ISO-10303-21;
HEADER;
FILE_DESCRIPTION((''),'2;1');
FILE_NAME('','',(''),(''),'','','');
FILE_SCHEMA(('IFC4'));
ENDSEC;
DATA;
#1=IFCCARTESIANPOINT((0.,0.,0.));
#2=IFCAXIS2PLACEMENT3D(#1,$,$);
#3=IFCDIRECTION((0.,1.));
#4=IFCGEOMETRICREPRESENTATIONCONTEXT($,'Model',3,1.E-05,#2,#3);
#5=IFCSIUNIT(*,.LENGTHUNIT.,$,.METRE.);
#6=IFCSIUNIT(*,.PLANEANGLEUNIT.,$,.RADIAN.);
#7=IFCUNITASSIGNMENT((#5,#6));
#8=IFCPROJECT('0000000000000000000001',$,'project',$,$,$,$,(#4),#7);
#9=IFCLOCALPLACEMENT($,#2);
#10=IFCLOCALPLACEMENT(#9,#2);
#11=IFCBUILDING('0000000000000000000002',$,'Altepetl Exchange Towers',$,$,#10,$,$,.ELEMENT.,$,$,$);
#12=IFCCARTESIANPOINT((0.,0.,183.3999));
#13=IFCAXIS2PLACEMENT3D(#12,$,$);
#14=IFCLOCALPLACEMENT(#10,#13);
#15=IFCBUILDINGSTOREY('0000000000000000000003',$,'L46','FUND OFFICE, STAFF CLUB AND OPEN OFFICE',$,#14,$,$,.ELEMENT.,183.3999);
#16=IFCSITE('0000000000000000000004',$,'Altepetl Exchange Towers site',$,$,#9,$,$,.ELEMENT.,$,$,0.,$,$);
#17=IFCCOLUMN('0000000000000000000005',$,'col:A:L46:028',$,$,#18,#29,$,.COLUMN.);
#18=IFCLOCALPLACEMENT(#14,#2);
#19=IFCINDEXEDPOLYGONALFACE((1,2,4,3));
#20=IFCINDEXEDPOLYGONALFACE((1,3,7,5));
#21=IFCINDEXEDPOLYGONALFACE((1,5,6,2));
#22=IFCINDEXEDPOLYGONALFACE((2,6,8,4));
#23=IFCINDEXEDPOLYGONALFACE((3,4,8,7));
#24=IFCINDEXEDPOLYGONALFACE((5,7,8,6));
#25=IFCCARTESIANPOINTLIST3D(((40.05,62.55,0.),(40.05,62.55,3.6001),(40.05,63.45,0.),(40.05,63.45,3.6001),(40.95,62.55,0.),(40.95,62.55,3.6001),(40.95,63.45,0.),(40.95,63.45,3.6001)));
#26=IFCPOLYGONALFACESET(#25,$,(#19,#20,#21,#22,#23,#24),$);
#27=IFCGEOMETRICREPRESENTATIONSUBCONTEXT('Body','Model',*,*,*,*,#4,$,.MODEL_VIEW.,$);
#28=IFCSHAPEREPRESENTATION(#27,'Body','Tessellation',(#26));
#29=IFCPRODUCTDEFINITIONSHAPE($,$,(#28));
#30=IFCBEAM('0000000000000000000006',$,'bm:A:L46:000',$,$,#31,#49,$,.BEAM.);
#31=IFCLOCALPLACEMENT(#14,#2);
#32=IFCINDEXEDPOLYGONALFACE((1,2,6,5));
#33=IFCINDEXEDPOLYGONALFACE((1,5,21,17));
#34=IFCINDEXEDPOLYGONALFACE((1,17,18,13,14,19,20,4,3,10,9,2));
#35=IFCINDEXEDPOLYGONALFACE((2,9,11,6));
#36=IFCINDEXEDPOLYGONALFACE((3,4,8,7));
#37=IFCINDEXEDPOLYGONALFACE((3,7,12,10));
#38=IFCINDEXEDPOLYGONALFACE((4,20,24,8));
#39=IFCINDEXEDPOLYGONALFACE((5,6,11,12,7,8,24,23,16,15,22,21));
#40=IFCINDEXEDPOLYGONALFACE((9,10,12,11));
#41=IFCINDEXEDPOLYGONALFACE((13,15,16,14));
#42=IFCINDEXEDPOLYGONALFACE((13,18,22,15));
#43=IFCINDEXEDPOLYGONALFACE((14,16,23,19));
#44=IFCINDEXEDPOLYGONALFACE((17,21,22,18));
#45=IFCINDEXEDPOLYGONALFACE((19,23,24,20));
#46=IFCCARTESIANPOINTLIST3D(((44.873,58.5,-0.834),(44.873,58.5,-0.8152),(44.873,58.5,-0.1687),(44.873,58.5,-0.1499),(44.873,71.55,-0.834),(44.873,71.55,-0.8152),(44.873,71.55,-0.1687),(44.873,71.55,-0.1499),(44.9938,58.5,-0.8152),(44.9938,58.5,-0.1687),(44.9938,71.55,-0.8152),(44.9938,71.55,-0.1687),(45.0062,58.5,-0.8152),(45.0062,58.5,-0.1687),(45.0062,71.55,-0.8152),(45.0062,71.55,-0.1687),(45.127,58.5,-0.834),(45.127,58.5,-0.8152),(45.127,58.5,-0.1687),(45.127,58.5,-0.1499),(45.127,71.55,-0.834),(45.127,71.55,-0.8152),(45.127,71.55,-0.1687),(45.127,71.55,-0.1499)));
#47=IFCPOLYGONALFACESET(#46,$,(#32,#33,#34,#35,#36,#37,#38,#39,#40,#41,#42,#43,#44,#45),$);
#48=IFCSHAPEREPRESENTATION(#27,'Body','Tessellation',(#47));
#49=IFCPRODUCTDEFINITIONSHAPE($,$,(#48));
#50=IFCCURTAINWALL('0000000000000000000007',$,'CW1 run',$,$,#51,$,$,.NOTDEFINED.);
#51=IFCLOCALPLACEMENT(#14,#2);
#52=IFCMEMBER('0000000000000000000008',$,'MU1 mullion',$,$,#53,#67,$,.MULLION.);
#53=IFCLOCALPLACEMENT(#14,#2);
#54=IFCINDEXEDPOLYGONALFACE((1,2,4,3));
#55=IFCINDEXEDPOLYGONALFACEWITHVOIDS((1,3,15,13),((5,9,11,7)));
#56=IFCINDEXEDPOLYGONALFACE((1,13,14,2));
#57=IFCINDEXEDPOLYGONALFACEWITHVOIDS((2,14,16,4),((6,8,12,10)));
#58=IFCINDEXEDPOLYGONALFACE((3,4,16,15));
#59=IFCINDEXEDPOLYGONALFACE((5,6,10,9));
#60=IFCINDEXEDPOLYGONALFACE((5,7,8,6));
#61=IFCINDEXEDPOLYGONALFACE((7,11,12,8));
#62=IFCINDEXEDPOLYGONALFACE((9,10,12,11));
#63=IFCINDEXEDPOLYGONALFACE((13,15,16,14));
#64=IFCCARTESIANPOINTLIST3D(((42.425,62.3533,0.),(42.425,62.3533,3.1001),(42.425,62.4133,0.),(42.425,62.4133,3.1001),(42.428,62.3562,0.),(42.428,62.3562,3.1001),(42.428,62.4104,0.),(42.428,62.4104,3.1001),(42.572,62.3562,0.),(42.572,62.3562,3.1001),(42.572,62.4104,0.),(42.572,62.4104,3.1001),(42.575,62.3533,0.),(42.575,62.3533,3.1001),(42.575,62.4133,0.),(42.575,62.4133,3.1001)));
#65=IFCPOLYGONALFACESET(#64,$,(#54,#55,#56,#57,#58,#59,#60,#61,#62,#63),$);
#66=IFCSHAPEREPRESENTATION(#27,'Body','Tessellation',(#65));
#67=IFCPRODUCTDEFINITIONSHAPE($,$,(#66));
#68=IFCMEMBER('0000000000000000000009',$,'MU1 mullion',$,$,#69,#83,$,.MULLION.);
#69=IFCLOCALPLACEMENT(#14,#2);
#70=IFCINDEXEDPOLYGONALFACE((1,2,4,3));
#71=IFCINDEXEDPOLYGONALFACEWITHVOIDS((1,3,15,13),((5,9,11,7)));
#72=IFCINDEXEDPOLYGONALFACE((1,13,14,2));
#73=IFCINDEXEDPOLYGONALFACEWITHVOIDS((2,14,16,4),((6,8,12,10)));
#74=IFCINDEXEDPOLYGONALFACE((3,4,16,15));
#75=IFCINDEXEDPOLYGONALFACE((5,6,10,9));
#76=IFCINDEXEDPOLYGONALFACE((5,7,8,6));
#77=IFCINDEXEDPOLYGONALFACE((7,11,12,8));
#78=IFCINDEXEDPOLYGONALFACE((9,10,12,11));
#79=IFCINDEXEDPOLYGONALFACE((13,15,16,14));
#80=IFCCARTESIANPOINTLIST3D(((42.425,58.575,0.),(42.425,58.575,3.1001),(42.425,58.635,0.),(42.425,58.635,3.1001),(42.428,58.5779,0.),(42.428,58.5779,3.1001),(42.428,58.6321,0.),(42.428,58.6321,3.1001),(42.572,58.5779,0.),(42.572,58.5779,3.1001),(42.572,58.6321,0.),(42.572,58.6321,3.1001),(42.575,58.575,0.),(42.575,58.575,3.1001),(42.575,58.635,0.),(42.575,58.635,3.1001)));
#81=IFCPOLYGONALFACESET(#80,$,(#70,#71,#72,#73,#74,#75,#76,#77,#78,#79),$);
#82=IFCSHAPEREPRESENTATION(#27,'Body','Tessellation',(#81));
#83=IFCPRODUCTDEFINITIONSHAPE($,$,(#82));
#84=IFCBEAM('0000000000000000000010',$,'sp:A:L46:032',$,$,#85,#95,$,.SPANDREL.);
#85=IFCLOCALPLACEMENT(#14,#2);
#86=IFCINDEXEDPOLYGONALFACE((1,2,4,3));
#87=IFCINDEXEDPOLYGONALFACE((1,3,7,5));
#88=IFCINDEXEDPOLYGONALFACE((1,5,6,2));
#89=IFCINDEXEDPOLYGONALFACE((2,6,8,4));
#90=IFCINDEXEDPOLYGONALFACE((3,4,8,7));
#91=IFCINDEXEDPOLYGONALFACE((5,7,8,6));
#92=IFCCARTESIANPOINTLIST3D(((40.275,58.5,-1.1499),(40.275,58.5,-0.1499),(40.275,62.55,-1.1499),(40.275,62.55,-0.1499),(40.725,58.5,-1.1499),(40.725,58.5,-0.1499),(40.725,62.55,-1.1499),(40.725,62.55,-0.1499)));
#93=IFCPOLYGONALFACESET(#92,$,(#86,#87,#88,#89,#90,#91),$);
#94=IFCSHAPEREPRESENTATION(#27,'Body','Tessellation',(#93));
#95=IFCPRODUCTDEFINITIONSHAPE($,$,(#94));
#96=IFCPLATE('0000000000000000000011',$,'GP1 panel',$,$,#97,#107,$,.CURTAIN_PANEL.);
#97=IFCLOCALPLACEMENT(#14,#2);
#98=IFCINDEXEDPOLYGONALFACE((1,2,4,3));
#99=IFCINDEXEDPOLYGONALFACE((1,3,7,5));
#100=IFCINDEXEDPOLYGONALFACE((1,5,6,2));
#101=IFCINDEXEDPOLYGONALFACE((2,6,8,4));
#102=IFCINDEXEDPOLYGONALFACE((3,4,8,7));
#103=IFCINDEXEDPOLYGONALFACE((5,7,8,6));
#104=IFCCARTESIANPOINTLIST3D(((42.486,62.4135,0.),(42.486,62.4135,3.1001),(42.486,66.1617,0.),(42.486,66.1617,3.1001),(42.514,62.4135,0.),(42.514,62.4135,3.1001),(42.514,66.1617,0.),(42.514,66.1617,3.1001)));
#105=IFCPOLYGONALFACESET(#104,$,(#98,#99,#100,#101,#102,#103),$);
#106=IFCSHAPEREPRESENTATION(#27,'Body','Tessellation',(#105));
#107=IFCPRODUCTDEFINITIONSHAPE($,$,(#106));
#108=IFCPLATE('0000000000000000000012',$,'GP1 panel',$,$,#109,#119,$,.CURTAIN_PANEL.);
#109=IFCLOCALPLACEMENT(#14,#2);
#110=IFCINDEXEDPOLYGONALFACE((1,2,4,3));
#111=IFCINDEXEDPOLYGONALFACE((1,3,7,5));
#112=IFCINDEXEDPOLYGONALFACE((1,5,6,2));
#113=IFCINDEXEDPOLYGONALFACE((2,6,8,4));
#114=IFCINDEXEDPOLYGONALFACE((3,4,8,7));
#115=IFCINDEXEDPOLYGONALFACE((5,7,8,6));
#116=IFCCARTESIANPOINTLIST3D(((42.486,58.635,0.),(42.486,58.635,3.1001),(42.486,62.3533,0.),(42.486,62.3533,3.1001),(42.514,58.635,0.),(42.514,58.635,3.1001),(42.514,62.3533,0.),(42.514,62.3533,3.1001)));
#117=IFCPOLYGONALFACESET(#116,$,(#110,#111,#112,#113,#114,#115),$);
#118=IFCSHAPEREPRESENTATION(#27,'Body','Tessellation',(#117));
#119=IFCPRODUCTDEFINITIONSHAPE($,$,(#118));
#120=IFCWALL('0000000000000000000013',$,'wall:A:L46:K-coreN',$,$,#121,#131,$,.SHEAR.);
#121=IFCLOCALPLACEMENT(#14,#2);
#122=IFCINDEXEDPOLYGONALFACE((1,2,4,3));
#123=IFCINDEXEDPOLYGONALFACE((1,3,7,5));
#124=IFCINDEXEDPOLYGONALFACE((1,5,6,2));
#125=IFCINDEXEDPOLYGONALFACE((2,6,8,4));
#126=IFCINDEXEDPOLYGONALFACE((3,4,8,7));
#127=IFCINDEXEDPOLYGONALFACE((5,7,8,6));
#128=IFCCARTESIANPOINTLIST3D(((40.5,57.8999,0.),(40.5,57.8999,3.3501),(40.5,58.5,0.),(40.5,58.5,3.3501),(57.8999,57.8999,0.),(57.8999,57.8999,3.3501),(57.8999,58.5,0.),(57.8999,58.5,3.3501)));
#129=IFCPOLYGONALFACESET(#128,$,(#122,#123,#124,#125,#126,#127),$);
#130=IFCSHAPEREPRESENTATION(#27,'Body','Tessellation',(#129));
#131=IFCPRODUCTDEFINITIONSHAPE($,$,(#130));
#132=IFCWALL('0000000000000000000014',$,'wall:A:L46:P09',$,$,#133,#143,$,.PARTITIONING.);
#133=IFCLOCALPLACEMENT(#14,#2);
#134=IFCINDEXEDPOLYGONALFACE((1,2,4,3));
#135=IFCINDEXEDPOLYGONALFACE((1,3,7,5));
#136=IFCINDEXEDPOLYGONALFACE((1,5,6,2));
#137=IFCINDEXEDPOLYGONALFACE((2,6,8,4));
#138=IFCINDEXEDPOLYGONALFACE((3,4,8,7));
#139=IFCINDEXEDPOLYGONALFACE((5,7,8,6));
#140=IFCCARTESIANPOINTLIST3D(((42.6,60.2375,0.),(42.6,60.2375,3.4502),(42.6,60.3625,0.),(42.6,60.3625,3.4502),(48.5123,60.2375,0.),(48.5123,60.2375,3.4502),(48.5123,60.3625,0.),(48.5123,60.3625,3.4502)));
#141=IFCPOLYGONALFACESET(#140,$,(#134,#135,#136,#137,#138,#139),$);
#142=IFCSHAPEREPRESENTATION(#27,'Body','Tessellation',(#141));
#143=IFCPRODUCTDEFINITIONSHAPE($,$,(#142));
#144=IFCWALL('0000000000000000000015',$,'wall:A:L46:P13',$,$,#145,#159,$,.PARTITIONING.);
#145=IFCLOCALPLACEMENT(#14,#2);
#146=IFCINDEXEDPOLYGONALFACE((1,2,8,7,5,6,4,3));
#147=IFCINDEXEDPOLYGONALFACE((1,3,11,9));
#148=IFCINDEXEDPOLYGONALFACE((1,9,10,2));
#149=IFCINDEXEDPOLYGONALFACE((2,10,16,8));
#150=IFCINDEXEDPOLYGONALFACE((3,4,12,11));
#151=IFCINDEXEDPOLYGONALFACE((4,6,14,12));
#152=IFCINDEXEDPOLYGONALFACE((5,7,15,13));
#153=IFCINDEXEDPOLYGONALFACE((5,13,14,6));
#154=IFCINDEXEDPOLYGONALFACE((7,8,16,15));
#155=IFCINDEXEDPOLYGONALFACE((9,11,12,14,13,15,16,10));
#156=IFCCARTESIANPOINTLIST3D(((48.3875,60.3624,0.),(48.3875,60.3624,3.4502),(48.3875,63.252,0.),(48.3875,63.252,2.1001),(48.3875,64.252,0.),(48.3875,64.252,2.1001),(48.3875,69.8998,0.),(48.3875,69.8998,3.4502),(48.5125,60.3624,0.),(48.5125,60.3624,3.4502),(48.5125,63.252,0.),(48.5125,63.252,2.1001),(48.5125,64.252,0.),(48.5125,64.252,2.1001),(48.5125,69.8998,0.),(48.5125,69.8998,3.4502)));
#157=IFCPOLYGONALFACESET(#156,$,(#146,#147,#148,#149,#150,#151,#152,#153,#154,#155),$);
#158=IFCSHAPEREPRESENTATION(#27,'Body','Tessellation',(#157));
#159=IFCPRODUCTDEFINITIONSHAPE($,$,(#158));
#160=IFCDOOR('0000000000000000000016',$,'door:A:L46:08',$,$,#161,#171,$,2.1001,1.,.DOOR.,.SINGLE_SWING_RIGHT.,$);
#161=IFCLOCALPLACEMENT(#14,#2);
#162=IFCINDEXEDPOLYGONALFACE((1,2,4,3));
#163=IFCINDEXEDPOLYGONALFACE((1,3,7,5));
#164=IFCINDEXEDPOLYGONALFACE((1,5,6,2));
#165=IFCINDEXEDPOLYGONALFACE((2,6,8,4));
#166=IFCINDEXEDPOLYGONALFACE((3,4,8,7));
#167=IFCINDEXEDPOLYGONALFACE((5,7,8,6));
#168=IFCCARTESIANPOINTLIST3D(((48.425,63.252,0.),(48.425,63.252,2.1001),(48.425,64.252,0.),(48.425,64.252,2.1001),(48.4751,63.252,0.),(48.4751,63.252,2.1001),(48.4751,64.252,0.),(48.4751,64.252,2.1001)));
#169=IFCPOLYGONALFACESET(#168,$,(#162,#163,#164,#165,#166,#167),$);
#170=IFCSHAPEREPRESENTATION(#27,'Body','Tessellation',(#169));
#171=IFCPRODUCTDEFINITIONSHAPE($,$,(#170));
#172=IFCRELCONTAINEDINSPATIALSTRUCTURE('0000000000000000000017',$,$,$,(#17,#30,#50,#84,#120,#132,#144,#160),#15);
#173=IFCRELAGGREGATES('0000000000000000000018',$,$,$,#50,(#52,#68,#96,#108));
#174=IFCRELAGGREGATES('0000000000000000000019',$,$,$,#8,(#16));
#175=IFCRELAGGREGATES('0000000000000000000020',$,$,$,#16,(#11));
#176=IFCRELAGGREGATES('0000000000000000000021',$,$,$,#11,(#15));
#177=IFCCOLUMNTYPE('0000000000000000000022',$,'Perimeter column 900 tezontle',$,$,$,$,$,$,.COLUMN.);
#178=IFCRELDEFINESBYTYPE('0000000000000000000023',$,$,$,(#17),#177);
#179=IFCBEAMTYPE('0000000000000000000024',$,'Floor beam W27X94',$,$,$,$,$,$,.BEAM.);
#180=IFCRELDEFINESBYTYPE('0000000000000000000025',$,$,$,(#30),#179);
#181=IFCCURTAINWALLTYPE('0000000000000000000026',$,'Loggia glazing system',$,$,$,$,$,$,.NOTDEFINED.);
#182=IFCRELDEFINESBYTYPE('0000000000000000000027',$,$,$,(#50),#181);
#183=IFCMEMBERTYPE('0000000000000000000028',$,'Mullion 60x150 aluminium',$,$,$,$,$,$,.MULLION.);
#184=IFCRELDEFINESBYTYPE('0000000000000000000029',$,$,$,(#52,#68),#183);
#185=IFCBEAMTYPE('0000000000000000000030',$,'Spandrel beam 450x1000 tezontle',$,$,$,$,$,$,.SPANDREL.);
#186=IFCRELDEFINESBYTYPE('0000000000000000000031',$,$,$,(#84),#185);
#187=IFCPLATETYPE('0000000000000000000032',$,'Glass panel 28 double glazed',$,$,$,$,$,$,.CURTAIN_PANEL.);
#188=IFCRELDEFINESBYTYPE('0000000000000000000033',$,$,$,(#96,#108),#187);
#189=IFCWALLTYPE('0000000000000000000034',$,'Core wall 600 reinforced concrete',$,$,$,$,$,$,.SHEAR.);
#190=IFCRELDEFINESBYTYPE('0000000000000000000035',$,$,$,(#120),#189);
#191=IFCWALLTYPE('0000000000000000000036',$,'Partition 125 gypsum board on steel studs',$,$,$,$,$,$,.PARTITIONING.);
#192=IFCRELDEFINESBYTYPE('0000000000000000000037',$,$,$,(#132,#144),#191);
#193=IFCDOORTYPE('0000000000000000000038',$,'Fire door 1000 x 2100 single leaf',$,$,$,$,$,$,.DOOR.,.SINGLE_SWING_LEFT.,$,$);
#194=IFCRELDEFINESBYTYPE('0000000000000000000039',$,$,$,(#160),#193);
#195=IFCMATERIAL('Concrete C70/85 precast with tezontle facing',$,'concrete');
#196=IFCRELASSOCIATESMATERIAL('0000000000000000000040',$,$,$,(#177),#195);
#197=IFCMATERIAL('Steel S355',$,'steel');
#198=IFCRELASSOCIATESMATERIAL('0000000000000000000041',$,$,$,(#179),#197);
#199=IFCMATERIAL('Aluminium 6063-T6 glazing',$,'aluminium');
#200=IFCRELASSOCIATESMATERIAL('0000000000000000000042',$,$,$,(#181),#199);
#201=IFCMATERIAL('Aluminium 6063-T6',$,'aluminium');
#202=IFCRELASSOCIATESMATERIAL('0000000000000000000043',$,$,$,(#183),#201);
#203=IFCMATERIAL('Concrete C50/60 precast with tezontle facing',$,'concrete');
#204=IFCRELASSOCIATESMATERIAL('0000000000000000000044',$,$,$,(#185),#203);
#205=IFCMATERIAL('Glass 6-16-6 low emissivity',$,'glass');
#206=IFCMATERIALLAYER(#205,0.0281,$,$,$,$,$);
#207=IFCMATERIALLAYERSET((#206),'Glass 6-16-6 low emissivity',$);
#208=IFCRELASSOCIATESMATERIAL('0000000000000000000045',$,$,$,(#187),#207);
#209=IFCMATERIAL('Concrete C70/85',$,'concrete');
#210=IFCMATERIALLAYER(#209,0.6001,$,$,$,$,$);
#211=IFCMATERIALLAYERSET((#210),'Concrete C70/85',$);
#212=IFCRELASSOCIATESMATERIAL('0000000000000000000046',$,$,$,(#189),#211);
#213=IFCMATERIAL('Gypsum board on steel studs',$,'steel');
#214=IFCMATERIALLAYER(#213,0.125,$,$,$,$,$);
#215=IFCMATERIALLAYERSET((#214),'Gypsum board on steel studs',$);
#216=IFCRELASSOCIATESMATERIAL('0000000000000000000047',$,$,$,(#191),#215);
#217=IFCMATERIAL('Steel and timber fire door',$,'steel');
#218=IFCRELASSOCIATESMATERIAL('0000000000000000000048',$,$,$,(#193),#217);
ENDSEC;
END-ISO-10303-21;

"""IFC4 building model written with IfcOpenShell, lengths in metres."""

from ifc_helpers import new_model, si_unit, direction, frame, frame_2d, origin, origin_2d, place, context, subcontext, project, spatial, rectangle, hollow_rectangle, i_section, extrude, material, layer, layer_set, material_profile, profile_set, type_object, element, fill, aggregate, save


model = new_model("IFC4")

# Units and contexts
model_context = context("Model", 3, precision=1e-05, world=origin(), true_north=direction((0.0, 1.0)))
body_context = subcontext(model_context, "Body", "Model", "MODEL_VIEW")
ifc_project = project(units=[si_unit("LENGTHUNIT", "METRE"), si_unit("PLANEANGLEUNIT", "RADIAN")], contexts=[model_context])

# Site, building, storey
site_placement = place(None, origin())
site = spatial("IfcSite", under=ifc_project, at=site_placement, Name="Altepetl Exchange Towers site", CompositionType="ELEMENT", RefElevation=0.0)
building_placement = place(site_placement, origin())
building = spatial("IfcBuilding", under=site, at=building_placement, Name="Altepetl Exchange Towers", CompositionType="ELEMENT")
storey_placement = place(building_placement, frame((0.0, 0.0, 183.3999)))
storey = spatial("IfcBuildingStorey", under=building, at=storey_placement, Name="L46", Description="FUND OFFICE, STAFF CLUB AND OPEN OFFICE", CompositionType="ELEMENT", Elevation=183.3999)

# Column
ifc_material_1 = material(Name="Concrete C70/85 precast with tezontle facing", Category="concrete")
ifc_material_profile_1 = material_profile(ifc_material_1, rectangle(XDim=0.8999, YDim=0.8999, at=origin_2d()), Name="900 x 900")
ifc_profile_set_1 = profile_set([ifc_material_profile_1], Name="Concrete C70/85 precast with tezontle facing")
column_type = type_object("IfcColumnType", Name="Perimeter column 900 tezontle", PredefinedType="COLUMN", material=ifc_profile_set_1)
column_placement = place(storey_placement, frame((40.5, 63.0, 0.0)))
element("IfcColumn", 1, at=column_placement, inside=storey, type_object=column_type, Name="col:A:L46:028", PredefinedType="COLUMN", context=body_context, shape_type="SweptSolid", body=[
    extrude(rectangle(XDim=0.8999, YDim=0.8999, at=origin_2d()), origin(), (0.0, 0.0, 1.0), 3.6001),
])

# Beam
ifc_material_2 = material(Name="Steel S355", Category="steel")
ifc_material_profile_2 = material_profile(ifc_material_2, i_section(OverallWidth=0.2539, OverallDepth=0.6841, WebThickness=0.0125, FlangeThickness=0.0188, at=origin_2d()), Name="W27X94")
ifc_profile_set_2 = profile_set([ifc_material_profile_2], Name="Steel S355")
beam_type_1 = type_object("IfcBeamType", Name="Floor beam W27X94", PredefinedType="BEAM", material=ifc_profile_set_2)
beam_1_placement = place(storey_placement, frame((45.0, 58.5, -0.4919), z_axis=(0.0, 1.0, 0.0), x_axis=(-1.0, 0.0, 0.0)))
element("IfcBeam", 2, at=beam_1_placement, inside=storey, type_object=beam_type_1, Name="bm:A:L46:000", PredefinedType="BEAM", context=body_context, shape_type="SweptSolid", body=[
    extrude(i_section(OverallWidth=0.2539, OverallDepth=0.6841, WebThickness=0.0125, FlangeThickness=0.0188, at=origin_2d()), origin(), (0.0, 0.0, 1.0), 13.05),
])

# Curtain wall, members
ifc_material_3 = material(Name="Aluminium 6063-T6 glazing", Category="aluminium")
curtain_wall_type = type_object("IfcCurtainWallType", Name="Loggia glazing system", PredefinedType="NOTDEFINED", material=ifc_material_3)
curtain_wall_placement = place(storey_placement, origin())
curtain_wall = element("IfcCurtainWall", 3, at=curtain_wall_placement, inside=storey, type_object=curtain_wall_type, Name="CW1 run", PredefinedType="NOTDEFINED")
ifc_material_4 = material(Name="Aluminium 6063-T6", Category="aluminium")
ifc_material_profile_3 = material_profile(ifc_material_4, hollow_rectangle(XDim=0.0601, YDim=0.1499, WallThickness=0.0029, at=origin_2d()), Name="Mullion 60x150 aluminium")
ifc_profile_set_3 = profile_set([ifc_material_profile_3], Name="Aluminium 6063-T6")
member_type = type_object("IfcMemberType", Name="Mullion 60x150 aluminium", PredefinedType="MULLION", material=ifc_profile_set_3)
member_1_placement = place(storey_placement, frame((42.5, 62.3833, 0.0), z_axis=(0.0, 0.0, 1.0), x_axis=(0.0, -1.0, 0.0)))
member_1 = element("IfcMember", 4, at=member_1_placement, type_object=member_type, Name="MU1 mullion", PredefinedType="MULLION", context=body_context, shape_type="SweptSolid", body=[
    extrude(hollow_rectangle(XDim=0.0601, YDim=0.1499, WallThickness=0.0029, at=origin_2d()), origin(), (0.0, 0.0, 1.0), 3.1001),
])
member_2_placement = place(storey_placement, frame((42.5, 58.605, 0.0), z_axis=(0.0, 0.0, 1.0), x_axis=(0.0, -1.0, 0.0)))
member_2 = element("IfcMember", 5, at=member_2_placement, type_object=member_type, Name="MU1 mullion", PredefinedType="MULLION", context=body_context, shape_type="SweptSolid", body=[
    extrude(hollow_rectangle(XDim=0.0601, YDim=0.1499, WallThickness=0.0029, at=origin_2d()), origin(), (0.0, 0.0, 1.0), 3.1001),
])

# Beam
ifc_material_5 = material(Name="Concrete C50/60 precast with tezontle facing", Category="concrete")
ifc_material_profile_4 = material_profile(ifc_material_5, rectangle(XDim=0.45, YDim=1.0, at=origin_2d()), Name="450 x 1000")
ifc_profile_set_4 = profile_set([ifc_material_profile_4], Name="Concrete C50/60 precast with tezontle facing")
beam_type_2 = type_object("IfcBeamType", Name="Spandrel beam 450x1000 tezontle", PredefinedType="SPANDREL", material=ifc_profile_set_4)
beam_2_placement = place(storey_placement, frame((40.5, 62.55, -0.6499), z_axis=(0.0, -1.0, 0.0), x_axis=(1.0, 0.0, 0.0)))
element("IfcBeam", 6, at=beam_2_placement, inside=storey, type_object=beam_type_2, Name="sp:A:L46:032", PredefinedType="SPANDREL", context=body_context, shape_type="SweptSolid", body=[
    extrude(rectangle(XDim=0.45, YDim=1.0, at=origin_2d()), origin(), (0.0, 0.0, 1.0), 4.05),
])

# Plates
ifc_material_6 = material(Name="Glass 6-16-6 low emissivity", Category="glass")
ifc_layer_1 = layer(ifc_material_6, 0.0281)
ifc_layer_set_1 = layer_set([ifc_layer_1], Name="Glass 6-16-6 low emissivity")
plate_type = type_object("IfcPlateType", Name="Glass panel 28 double glazed", PredefinedType="CURTAIN_PANEL", material=ifc_layer_set_1)
plate_1_placement = place(storey_placement, frame((42.5, 64.2876, 0.0), z_axis=(0.0, 0.0, 1.0), x_axis=(0.0, -1.0, 0.0)))
plate_1 = element("IfcPlate", 7, at=plate_1_placement, type_object=plate_type, Name="GP1 panel", PredefinedType="CURTAIN_PANEL", context=body_context, shape_type="SweptSolid", body=[
    extrude(rectangle(XDim=3.7483, YDim=0.0281, at=origin_2d()), origin(), (0.0, 0.0, 1.0), 3.1001),
])
plate_2_placement = place(storey_placement, frame((42.5, 60.4941, 0.0), z_axis=(0.0, 0.0, 1.0), x_axis=(0.0, -1.0, 0.0)))
plate_2 = element("IfcPlate", 8, at=plate_2_placement, type_object=plate_type, Name="GP1 panel", PredefinedType="CURTAIN_PANEL", context=body_context, shape_type="SweptSolid", body=[
    extrude(rectangle(XDim=3.7183, YDim=0.0281, at=origin_2d()), origin(), (0.0, 0.0, 1.0), 3.1001),
])
aggregate(curtain_wall, [member_1, member_2, plate_1, plate_2])

# Walls
ifc_material_7 = material(Name="Concrete C70/85", Category="concrete")
ifc_layer_2 = layer(ifc_material_7, 0.6001)
ifc_layer_set_2 = layer_set([ifc_layer_2], Name="Concrete C70/85")
wall_type_1 = type_object("IfcWallType", Name="Core wall 600 reinforced concrete", PredefinedType="SHEAR", material=ifc_layer_set_2)
wall_1_placement = place(storey_placement, frame((40.5, 58.2, 0.0)))
element("IfcWall", 9, at=wall_1_placement, inside=storey, type_object=wall_type_1, Name="wall:A:L46:K-coreN", PredefinedType="SHEAR", context=body_context, shape_type="SweptSolid", body=[
    extrude(rectangle(XDim=17.3999, YDim=0.6001, at=frame_2d((8.7, 0.0))), origin(), (0.0, 0.0, 1.0), 3.3501),
])
ifc_material_8 = material(Name="Gypsum board on steel studs", Category="steel")
ifc_layer_3 = layer(ifc_material_8, 0.125)
ifc_layer_set_3 = layer_set([ifc_layer_3], Name="Gypsum board on steel studs")
wall_type_2 = type_object("IfcWallType", Name="Partition 125 gypsum board on steel studs", PredefinedType="PARTITIONING", material=ifc_layer_set_3)
wall_2_placement = place(storey_placement, frame((42.6001, 60.3, 0.0)))
element("IfcWall", 10, at=wall_2_placement, inside=storey, type_object=wall_type_2, Name="wall:A:L46:P09", PredefinedType="PARTITIONING", context=body_context, shape_type="SweptSolid", body=[
    extrude(rectangle(XDim=5.9124, YDim=0.125, at=frame_2d((2.9561, 0.0))), origin(), (0.0, 0.0, 1.0), 3.4502),
])

# Wall, opening, door
wall_3_placement = place(storey_placement, frame((48.45, 60.3625, 0.0), z_axis=(0.0, 0.0, 1.0), x_axis=(0.0, 1.0, 0.0)))
wall_3 = element("IfcWall", 11, at=wall_3_placement, inside=storey, type_object=wall_type_2, Name="wall:A:L46:P13", PredefinedType="PARTITIONING", context=body_context, shape_type="SweptSolid", body=[
    extrude(rectangle(XDim=9.5374, YDim=0.125, at=frame_2d((4.7686, 0.0))), origin(), (0.0, 0.0, 1.0), 3.4502),
])
opening_1_placement = place(wall_3_placement, frame((2.8894, 0.0, 0.0)))
opening_1 = element("IfcOpeningElement", 12, at=opening_1_placement, cuts=wall_3, PredefinedType="OPENING", context=body_context, shape_type="SweptSolid", body=[
    extrude(rectangle(XDim=1.0, YDim=2.1001, at=frame_2d((0.5, 1.05))), frame((0.0, 0.0725, 0.0), z_axis=(0.0, -1.0, 0.0), x_axis=(1.0, 0.0, 0.0)), (0.0, 0.0, 1.0), 0.145),
])
ifc_material_9 = material(Name="Steel and timber fire door", Category="steel")
door_type_1 = type_object("IfcDoorType", Name="Fire door 1000 x 2100 single leaf", OperationType="SINGLE_SWING_LEFT", PredefinedType="DOOR", material=ifc_material_9)
door_1_placement = place(opening_1_placement, origin())
door_1 = element("IfcDoor", 13, at=door_1_placement, inside=storey, type_object=door_type_1, Name="door:A:L46:08", OperationType="SINGLE_SWING_RIGHT", OverallHeight=2.1001, OverallWidth=1.0, PredefinedType="DOOR", context=body_context, shape_type="SweptSolid", body=[
    extrude(rectangle(XDim=1.0, YDim=2.1001, at=frame_2d((0.5, 1.05))), frame((0.0, 0.0249, 0.0), z_axis=(0.0, -1.0, 0.0), x_axis=(1.0, 0.0, 0.0)), (0.0, 0.0, 1.0), 0.05),
])
fill(opening_1, door_1)

save(model, "model.ifc")
